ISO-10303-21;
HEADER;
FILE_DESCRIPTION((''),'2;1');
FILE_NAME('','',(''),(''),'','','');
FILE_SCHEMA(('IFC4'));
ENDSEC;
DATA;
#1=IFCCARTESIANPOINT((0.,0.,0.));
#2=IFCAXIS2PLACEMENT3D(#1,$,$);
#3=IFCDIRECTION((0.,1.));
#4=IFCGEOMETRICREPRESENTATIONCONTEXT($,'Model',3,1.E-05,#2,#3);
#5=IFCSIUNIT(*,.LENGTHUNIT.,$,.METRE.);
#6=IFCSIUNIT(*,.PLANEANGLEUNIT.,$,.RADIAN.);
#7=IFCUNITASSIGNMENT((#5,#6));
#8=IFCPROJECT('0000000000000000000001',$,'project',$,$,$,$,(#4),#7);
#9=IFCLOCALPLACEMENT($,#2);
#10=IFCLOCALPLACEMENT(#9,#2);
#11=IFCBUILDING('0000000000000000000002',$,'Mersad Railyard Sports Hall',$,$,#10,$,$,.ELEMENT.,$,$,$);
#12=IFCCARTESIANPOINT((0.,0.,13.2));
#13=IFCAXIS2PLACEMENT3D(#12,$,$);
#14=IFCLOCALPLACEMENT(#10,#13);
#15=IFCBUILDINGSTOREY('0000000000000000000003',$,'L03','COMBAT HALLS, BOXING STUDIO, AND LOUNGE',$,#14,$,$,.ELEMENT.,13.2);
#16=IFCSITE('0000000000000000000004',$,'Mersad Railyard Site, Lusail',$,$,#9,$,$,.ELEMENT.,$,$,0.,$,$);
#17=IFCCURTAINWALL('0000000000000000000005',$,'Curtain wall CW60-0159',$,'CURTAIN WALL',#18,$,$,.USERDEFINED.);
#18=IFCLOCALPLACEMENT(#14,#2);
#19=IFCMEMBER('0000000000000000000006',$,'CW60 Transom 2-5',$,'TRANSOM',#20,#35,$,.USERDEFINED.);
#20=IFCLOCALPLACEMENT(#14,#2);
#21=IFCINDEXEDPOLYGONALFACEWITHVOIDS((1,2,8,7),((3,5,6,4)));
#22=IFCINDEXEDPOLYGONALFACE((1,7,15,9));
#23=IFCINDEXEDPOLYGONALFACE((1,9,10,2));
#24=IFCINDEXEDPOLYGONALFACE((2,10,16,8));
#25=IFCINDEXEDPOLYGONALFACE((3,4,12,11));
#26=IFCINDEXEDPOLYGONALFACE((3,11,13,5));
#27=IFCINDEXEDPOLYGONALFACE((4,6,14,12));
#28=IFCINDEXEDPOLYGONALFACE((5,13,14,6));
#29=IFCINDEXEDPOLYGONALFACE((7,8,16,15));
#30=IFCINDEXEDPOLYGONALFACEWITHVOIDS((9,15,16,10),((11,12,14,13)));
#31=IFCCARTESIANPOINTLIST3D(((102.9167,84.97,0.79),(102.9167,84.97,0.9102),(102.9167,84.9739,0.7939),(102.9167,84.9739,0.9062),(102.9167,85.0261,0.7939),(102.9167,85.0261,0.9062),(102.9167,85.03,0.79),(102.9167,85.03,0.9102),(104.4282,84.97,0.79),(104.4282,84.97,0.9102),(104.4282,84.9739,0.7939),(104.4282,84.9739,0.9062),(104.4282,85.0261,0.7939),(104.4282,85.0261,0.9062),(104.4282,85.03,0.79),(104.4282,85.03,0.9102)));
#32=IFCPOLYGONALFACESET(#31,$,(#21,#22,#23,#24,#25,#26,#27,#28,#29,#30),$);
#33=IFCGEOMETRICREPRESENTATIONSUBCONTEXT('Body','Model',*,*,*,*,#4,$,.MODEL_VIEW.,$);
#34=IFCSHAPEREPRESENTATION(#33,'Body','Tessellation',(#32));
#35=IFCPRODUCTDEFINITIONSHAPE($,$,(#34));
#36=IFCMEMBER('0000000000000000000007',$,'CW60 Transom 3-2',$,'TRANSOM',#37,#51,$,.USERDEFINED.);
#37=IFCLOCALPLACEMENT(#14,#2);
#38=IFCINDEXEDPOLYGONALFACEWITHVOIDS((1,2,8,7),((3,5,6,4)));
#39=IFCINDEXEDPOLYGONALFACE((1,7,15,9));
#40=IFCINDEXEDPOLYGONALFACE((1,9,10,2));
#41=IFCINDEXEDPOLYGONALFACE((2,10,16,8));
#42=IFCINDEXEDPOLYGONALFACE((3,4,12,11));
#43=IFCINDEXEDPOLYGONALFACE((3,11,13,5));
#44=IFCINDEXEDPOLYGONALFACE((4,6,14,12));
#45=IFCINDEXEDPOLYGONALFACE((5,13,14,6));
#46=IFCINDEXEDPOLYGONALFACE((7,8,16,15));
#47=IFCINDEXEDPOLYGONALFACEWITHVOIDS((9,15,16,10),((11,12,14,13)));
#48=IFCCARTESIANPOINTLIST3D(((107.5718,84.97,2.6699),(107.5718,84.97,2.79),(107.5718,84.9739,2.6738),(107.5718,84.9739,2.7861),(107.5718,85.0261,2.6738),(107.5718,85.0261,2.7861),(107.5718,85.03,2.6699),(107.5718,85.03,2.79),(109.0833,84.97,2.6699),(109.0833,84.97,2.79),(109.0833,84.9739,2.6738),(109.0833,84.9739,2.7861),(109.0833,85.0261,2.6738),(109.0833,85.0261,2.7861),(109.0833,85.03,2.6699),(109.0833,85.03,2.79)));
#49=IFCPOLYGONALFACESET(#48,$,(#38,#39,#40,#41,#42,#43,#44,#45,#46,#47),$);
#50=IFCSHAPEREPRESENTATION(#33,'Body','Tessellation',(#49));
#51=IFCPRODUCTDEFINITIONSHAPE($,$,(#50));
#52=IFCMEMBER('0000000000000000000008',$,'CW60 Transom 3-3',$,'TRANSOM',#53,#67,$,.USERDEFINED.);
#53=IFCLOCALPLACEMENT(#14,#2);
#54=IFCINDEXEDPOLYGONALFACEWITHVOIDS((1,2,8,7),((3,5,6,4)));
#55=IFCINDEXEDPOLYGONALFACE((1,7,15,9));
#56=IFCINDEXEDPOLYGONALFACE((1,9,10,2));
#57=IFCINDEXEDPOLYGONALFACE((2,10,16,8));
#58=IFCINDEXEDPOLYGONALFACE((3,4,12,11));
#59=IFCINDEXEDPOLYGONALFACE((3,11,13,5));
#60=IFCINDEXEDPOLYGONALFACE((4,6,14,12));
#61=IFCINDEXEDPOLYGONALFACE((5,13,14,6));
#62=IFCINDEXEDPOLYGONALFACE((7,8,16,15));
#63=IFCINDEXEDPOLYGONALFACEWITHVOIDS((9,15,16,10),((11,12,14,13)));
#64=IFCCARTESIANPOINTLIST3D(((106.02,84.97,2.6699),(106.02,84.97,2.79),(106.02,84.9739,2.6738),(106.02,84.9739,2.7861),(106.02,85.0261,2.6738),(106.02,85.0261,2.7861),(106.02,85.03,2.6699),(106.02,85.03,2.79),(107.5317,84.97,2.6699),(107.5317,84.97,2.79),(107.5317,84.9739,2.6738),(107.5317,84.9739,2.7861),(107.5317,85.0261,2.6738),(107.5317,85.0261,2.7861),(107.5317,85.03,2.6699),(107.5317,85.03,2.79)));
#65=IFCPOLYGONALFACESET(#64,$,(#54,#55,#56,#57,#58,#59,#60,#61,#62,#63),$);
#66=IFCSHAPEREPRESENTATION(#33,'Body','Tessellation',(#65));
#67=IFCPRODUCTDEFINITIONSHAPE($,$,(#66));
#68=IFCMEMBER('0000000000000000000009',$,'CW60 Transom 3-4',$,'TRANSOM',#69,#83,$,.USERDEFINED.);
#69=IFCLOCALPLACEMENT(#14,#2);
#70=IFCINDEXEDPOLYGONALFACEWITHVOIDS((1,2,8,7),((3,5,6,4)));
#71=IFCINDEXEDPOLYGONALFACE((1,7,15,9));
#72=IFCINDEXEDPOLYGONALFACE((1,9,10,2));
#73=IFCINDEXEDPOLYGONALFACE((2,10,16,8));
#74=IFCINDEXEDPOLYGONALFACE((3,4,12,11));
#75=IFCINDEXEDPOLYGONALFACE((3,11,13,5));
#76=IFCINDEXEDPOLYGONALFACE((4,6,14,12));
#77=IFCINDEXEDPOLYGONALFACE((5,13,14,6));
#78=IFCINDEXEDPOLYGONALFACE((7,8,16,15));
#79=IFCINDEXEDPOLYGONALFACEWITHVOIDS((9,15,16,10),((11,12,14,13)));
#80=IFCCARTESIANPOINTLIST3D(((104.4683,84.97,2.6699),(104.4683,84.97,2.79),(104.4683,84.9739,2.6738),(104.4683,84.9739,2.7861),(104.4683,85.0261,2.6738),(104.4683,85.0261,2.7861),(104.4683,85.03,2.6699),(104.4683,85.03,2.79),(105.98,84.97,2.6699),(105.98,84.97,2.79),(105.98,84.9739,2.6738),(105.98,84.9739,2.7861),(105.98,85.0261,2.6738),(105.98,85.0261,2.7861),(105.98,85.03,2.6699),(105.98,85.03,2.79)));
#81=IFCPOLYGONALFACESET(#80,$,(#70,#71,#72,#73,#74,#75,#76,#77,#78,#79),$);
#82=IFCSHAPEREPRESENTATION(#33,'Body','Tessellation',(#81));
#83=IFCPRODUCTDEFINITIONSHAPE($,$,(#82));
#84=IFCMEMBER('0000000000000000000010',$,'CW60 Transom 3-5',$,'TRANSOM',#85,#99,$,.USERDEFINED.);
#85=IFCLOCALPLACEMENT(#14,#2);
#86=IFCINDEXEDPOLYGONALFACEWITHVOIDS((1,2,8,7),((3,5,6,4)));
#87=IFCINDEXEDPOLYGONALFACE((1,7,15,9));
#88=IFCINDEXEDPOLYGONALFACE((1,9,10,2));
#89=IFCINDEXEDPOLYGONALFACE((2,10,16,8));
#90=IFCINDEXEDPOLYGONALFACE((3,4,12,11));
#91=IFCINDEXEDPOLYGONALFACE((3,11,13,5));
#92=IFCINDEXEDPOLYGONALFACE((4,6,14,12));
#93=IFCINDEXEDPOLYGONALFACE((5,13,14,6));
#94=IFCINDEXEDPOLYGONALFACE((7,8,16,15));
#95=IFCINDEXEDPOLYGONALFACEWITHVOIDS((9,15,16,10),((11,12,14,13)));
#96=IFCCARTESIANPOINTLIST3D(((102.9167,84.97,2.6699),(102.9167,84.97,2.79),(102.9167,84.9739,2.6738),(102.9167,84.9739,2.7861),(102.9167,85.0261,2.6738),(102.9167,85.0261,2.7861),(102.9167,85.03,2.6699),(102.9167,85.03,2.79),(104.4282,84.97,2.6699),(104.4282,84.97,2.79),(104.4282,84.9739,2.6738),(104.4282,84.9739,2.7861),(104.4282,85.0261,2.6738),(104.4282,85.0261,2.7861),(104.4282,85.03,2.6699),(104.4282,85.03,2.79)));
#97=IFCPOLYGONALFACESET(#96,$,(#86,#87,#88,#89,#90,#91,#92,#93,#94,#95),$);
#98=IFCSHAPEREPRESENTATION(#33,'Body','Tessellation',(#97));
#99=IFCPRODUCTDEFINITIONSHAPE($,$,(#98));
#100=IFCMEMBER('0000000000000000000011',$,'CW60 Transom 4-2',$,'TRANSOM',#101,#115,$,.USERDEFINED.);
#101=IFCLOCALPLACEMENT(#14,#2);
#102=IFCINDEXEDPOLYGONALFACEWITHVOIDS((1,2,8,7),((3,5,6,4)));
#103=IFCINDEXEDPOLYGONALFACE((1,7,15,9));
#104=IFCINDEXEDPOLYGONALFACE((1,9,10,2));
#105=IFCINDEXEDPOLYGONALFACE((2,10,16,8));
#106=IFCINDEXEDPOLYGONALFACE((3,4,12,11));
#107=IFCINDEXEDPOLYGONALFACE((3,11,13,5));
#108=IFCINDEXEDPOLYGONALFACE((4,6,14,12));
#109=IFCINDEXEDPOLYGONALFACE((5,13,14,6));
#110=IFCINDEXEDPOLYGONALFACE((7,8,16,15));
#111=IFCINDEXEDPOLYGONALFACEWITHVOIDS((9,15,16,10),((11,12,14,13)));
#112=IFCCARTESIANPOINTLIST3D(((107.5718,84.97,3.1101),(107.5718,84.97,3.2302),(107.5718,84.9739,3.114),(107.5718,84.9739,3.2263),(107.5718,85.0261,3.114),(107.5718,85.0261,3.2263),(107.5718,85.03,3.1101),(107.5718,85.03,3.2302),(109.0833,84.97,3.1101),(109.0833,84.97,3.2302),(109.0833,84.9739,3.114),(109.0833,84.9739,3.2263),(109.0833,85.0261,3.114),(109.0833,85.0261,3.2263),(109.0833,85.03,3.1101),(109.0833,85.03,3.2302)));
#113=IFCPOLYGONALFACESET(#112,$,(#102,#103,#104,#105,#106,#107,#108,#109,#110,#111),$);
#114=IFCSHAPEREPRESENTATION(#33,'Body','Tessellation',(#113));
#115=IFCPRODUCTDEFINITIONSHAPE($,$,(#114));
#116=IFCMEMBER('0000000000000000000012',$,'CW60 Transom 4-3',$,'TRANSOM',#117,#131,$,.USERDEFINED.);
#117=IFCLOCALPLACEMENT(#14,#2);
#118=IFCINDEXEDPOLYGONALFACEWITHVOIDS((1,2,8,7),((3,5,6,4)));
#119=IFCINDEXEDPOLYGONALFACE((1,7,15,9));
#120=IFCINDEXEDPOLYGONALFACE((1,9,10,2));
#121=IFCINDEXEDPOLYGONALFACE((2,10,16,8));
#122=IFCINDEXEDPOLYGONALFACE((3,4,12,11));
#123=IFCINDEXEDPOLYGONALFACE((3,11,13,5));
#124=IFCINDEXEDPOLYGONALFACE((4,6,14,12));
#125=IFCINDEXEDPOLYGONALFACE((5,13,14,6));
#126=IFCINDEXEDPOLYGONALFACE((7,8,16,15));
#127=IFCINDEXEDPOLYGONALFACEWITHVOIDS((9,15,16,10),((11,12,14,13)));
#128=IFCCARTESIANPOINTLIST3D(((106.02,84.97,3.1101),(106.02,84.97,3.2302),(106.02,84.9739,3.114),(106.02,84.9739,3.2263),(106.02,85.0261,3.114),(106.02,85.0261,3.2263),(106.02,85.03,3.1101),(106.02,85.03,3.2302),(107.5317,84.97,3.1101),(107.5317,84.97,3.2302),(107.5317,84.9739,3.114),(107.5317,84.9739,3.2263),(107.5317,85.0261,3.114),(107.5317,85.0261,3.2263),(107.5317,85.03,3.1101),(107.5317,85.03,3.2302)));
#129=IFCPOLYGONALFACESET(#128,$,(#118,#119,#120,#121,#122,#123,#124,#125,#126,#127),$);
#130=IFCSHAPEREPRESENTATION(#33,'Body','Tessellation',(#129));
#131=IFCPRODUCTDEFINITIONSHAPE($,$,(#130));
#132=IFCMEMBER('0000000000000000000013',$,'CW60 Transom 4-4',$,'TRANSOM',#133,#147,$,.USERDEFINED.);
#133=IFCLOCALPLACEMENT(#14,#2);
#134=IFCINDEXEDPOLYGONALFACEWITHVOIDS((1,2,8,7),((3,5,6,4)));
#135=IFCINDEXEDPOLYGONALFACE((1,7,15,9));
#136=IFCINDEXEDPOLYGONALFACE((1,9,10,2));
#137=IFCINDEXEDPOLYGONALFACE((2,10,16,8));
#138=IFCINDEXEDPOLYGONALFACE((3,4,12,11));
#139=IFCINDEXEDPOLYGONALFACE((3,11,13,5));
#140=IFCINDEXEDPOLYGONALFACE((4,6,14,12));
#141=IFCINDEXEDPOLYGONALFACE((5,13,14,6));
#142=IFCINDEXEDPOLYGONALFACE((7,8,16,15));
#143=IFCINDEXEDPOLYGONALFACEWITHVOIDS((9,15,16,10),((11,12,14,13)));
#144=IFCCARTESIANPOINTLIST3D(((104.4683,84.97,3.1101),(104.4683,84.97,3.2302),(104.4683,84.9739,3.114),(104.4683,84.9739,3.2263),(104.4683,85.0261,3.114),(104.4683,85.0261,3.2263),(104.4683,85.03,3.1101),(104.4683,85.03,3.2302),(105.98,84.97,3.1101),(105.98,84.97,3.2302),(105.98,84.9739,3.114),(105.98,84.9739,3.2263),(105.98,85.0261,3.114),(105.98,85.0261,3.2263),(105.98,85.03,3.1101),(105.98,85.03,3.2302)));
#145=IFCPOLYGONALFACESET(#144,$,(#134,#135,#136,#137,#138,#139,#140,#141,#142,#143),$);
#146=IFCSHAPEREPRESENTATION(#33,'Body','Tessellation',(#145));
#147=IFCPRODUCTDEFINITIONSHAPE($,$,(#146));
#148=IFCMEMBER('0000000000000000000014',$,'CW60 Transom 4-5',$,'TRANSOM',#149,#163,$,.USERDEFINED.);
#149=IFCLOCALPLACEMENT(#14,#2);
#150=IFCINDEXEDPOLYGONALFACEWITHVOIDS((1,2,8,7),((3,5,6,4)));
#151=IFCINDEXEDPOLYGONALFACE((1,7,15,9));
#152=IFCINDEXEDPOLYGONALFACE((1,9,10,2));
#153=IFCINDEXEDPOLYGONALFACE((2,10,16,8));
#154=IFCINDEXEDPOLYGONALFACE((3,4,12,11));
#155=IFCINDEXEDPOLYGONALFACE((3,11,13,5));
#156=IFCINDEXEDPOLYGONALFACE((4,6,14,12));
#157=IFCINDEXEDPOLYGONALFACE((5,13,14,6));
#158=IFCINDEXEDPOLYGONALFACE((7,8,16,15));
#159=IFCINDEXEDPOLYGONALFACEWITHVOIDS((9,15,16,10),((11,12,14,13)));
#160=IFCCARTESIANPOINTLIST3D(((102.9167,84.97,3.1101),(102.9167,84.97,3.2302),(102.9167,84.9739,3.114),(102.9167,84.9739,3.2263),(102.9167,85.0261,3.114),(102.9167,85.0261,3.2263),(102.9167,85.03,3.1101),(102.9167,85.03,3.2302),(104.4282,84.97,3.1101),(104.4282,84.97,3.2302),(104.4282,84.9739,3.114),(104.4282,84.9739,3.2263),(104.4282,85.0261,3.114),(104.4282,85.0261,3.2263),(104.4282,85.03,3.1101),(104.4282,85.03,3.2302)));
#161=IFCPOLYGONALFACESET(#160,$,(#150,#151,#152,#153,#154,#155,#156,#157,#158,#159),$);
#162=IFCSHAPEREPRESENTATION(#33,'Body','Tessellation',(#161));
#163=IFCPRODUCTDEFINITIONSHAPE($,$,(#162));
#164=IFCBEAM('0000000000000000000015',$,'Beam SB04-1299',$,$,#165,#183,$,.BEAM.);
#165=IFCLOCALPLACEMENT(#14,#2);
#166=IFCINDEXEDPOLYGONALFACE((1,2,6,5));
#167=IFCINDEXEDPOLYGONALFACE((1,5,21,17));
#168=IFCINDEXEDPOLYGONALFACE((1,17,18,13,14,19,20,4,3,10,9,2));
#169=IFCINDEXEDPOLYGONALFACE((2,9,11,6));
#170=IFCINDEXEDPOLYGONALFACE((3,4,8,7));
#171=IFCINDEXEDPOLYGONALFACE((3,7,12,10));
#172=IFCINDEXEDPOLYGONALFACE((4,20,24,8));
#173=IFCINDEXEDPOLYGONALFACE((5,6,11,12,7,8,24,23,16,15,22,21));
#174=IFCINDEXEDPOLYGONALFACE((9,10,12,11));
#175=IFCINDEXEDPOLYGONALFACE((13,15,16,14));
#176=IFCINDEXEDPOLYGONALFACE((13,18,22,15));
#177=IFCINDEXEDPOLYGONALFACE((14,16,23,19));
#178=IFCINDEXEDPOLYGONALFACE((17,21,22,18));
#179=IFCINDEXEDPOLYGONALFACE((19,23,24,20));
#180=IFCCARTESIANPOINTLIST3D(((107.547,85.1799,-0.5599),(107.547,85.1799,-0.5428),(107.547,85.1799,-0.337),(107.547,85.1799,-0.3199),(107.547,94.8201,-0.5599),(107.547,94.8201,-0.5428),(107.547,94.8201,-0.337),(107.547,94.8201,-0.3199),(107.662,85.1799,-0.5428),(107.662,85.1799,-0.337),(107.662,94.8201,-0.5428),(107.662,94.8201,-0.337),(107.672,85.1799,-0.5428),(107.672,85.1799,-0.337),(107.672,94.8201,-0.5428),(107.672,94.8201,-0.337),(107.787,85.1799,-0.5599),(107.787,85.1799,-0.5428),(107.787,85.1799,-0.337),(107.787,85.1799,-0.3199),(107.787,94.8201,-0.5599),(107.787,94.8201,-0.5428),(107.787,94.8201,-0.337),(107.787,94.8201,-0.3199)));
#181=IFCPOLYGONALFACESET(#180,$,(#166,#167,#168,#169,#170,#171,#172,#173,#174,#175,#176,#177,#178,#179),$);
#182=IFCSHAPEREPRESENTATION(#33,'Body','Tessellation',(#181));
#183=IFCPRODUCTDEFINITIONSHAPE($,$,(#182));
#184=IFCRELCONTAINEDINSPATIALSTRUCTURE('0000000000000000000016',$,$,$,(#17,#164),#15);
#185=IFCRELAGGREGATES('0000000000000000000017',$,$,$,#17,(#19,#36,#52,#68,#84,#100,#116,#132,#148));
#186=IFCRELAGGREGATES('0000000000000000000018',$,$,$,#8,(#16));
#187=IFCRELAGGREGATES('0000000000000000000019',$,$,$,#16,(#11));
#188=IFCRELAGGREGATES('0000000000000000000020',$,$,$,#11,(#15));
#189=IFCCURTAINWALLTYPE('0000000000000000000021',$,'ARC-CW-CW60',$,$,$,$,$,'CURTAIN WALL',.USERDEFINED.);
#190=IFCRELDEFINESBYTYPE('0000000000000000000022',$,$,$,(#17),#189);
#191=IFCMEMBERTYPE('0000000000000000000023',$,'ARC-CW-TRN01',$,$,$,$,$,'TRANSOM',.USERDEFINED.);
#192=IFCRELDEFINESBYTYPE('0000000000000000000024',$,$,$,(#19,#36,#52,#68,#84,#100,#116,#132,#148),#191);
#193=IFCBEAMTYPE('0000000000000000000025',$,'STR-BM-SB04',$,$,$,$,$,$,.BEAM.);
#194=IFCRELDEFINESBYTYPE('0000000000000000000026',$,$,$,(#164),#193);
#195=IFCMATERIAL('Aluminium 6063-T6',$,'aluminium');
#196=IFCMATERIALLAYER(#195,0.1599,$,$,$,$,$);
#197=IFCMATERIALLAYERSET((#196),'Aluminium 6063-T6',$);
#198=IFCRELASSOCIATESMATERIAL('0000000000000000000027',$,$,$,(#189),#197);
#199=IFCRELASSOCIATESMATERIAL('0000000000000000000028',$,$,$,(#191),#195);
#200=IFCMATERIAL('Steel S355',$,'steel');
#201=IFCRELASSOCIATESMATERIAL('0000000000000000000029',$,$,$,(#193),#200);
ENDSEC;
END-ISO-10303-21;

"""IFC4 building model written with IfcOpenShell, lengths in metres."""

from ifc_helpers import new_model, si_unit, direction, frame, origin, origin_2d, place, context, subcontext, project, spatial, hollow_rectangle, i_section, extrude, material, layer, layer_set, material_profile, profile_set, type_object, element, aggregate, save


model = new_model("IFC4")

# Units and contexts
model_context = context("Model", 3, precision=1e-05, world=origin(), true_north=direction((0.0, 1.0)))
body_context = subcontext(model_context, "Body", "Model", "MODEL_VIEW")
ifc_project = project(units=[si_unit("LENGTHUNIT", "METRE"), si_unit("PLANEANGLEUNIT", "RADIAN")], contexts=[model_context])

# Site, building, storey
site_placement = place(None, origin())
site = spatial("IfcSite", under=ifc_project, at=site_placement, Name="Mersad Railyard Site, Lusail", CompositionType="ELEMENT", RefElevation=0.0)
building_placement = place(site_placement, origin())
building = spatial("IfcBuilding", under=site, at=building_placement, Name="Mersad Railyard Sports Hall", CompositionType="ELEMENT")
storey_placement = place(building_placement, frame((0.0, 0.0, 13.2)))
storey = spatial("IfcBuildingStorey", under=building, at=storey_placement, Name="L03", Description="COMBAT HALLS, BOXING STUDIO, AND LOUNGE", CompositionType="ELEMENT", Elevation=13.2)

# Curtain wall, members
ifc_material_1 = material(Name="Aluminium 6063-T6", Category="aluminium")
ifc_layer_1 = layer(ifc_material_1, 0.1599)
ifc_layer_set_1 = layer_set([ifc_layer_1], Name="Aluminium 6063-T6")
curtain_wall_type = type_object("IfcCurtainWallType", Name="ARC-CW-CW60", ElementType="CURTAIN WALL", PredefinedType="USERDEFINED", material=ifc_layer_set_1)
curtain_wall_placement = place(storey_placement, origin())
curtain_wall = element("IfcCurtainWall", 1, at=curtain_wall_placement, inside=storey, type_object=curtain_wall_type, Name="Curtain wall CW60-0159", ObjectType="CURTAIN WALL", PredefinedType="USERDEFINED")
ifc_material_profile_1 = material_profile(ifc_material_1, hollow_rectangle(XDim=0.0601, YDim=0.1201, WallThickness=0.0039, at=origin_2d()), Name="AL TRANSOM 60x120x4")
ifc_profile_set_1 = profile_set([ifc_material_profile_1], Name="Aluminium 6063-T6")
member_type_1 = type_object("IfcMemberType", Name="ARC-CW-TRN01", ElementType="TRANSOM", PredefinedType="USERDEFINED", material=ifc_profile_set_1)
member_1_placement = place(storey_placement, frame((104.4282, 85.0, 0.8501), z_axis=(-1.0, 0.0, 0.0), x_axis=(0.0, -1.0, 0.0)))
member_1 = element("IfcMember", 2, at=member_1_placement, type_object=member_type_1, Name="CW60 Transom 2-5", ObjectType="TRANSOM", PredefinedType="USERDEFINED", context=body_context, shape_type="SweptSolid", body=[
    extrude(hollow_rectangle(XDim=0.0601, YDim=0.1201, WallThickness=0.0039, at=origin_2d()), origin(), (0.0, 0.0, 1.0), 1.5115),
])
member_2_placement = place(storey_placement, frame((109.0833, 85.0, 2.73), z_axis=(-1.0, 0.0, 0.0), x_axis=(0.0, -1.0, 0.0)))
member_2 = element("IfcMember", 3, at=member_2_placement, type_object=member_type_1, Name="CW60 Transom 3-2", ObjectType="TRANSOM", PredefinedType="USERDEFINED", context=body_context, shape_type="SweptSolid", body=[
    extrude(hollow_rectangle(XDim=0.0601, YDim=0.1201, WallThickness=0.0039, at=origin_2d()), origin(), (0.0, 0.0, 1.0), 1.5115),
])
member_3_placement = place(storey_placement, frame((107.5317, 85.0, 2.73), z_axis=(-1.0, 0.0, 0.0), x_axis=(0.0, -1.0, 0.0)))
member_3 = element("IfcMember", 4, at=member_3_placement, type_object=member_type_1, Name="CW60 Transom 3-3", ObjectType="TRANSOM", PredefinedType="USERDEFINED", context=body_context, shape_type="SweptSolid", body=[
    extrude(hollow_rectangle(XDim=0.0601, YDim=0.1201, WallThickness=0.0039, at=origin_2d()), origin(), (0.0, 0.0, 1.0), 1.5117),
])
member_4_placement = place(storey_placement, frame((105.98, 85.0, 2.73), z_axis=(-1.0, 0.0, 0.0), x_axis=(0.0, -1.0, 0.0)))
member_4 = element("IfcMember", 5, at=member_4_placement, type_object=member_type_1, Name="CW60 Transom 3-4", ObjectType="TRANSOM", PredefinedType="USERDEFINED", context=body_context, shape_type="SweptSolid", body=[
    extrude(hollow_rectangle(XDim=0.0601, YDim=0.1201, WallThickness=0.0039, at=origin_2d()), origin(), (0.0, 0.0, 1.0), 1.5117),
])
member_5_placement = place(storey_placement, frame((104.4282, 85.0, 2.73), z_axis=(-1.0, 0.0, 0.0), x_axis=(0.0, -1.0, 0.0)))
member_5 = element("IfcMember", 6, at=member_5_placement, type_object=member_type_1, Name="CW60 Transom 3-5", ObjectType="TRANSOM", PredefinedType="USERDEFINED", context=body_context, shape_type="SweptSolid", body=[
    extrude(hollow_rectangle(XDim=0.0601, YDim=0.1201, WallThickness=0.0039, at=origin_2d()), origin(), (0.0, 0.0, 1.0), 1.5115),
])
member_6_placement = place(storey_placement, frame((109.0833, 85.0, 3.1702), z_axis=(-1.0, 0.0, 0.0), x_axis=(0.0, -1.0, 0.0)))
member_6 = element("IfcMember", 7, at=member_6_placement, type_object=member_type_1, Name="CW60 Transom 4-2", ObjectType="TRANSOM", PredefinedType="USERDEFINED", context=body_context, shape_type="SweptSolid", body=[
    extrude(hollow_rectangle(XDim=0.0601, YDim=0.1201, WallThickness=0.0039, at=origin_2d()), origin(), (0.0, 0.0, 1.0), 1.5115),
])
member_7_placement = place(storey_placement, frame((107.5317, 85.0, 3.1702), z_axis=(-1.0, 0.0, 0.0), x_axis=(0.0, -1.0, 0.0)))
member_7 = element("IfcMember", 8, at=member_7_placement, type_object=member_type_1, Name="CW60 Transom 4-3", ObjectType="TRANSOM", PredefinedType="USERDEFINED", context=body_context, shape_type="SweptSolid", body=[
    extrude(hollow_rectangle(XDim=0.0601, YDim=0.1201, WallThickness=0.0039, at=origin_2d()), origin(), (0.0, 0.0, 1.0), 1.5117),
])
member_8_placement = place(storey_placement, frame((105.98, 85.0, 3.1702), z_axis=(-1.0, 0.0, 0.0), x_axis=(0.0, -1.0, 0.0)))
member_8 = element("IfcMember", 9, at=member_8_placement, type_object=member_type_1, Name="CW60 Transom 4-4", ObjectType="TRANSOM", PredefinedType="USERDEFINED", context=body_context, shape_type="SweptSolid", body=[
    extrude(hollow_rectangle(XDim=0.0601, YDim=0.1201, WallThickness=0.0039, at=origin_2d()), origin(), (0.0, 0.0, 1.0), 1.5117),
])
member_9_placement = place(storey_placement, frame((104.4282, 85.0, 3.1702), z_axis=(-1.0, 0.0, 0.0), x_axis=(0.0, -1.0, 0.0)))
member_9 = element("IfcMember", 10, at=member_9_placement, type_object=member_type_1, Name="CW60 Transom 4-5", ObjectType="TRANSOM", PredefinedType="USERDEFINED", context=body_context, shape_type="SweptSolid", body=[
    extrude(hollow_rectangle(XDim=0.0601, YDim=0.1201, WallThickness=0.0039, at=origin_2d()), origin(), (0.0, 0.0, 1.0), 1.5115),
])

# Beam
ifc_material_2 = material(Name="Steel S355", Category="steel")
ifc_material_profile_2 = material_profile(ifc_material_2, i_section(OverallWidth=0.24, OverallDepth=0.24, WebThickness=0.01, FlangeThickness=0.0171, at=origin_2d()), Name="HEB 240")
ifc_profile_set_2 = profile_set([ifc_material_profile_2], Name="Steel S355")
beam_type = type_object("IfcBeamType", Name="STR-BM-SB04", PredefinedType="BEAM", material=ifc_profile_set_2)
beam_placement = place(storey_placement, frame((107.667, 85.1799, -0.4399), z_axis=(0.0, 1.0, 0.0), x_axis=(-1.0, 0.0, 0.0)))
element("IfcBeam", 11, at=beam_placement, inside=storey, type_object=beam_type, Name="Beam SB04-1299", PredefinedType="BEAM", context=body_context, shape_type="SweptSolid", body=[
    extrude(i_section(OverallWidth=0.24, OverallDepth=0.24, WebThickness=0.01, FlangeThickness=0.0171, at=origin_2d()), origin(), (0.0, 0.0, 1.0), 9.6401),
])

aggregate(curtain_wall, [member_1, member_2, member_3, member_4, member_5, member_6, member_7, member_8, member_9])

save(model, "model.ifc")
